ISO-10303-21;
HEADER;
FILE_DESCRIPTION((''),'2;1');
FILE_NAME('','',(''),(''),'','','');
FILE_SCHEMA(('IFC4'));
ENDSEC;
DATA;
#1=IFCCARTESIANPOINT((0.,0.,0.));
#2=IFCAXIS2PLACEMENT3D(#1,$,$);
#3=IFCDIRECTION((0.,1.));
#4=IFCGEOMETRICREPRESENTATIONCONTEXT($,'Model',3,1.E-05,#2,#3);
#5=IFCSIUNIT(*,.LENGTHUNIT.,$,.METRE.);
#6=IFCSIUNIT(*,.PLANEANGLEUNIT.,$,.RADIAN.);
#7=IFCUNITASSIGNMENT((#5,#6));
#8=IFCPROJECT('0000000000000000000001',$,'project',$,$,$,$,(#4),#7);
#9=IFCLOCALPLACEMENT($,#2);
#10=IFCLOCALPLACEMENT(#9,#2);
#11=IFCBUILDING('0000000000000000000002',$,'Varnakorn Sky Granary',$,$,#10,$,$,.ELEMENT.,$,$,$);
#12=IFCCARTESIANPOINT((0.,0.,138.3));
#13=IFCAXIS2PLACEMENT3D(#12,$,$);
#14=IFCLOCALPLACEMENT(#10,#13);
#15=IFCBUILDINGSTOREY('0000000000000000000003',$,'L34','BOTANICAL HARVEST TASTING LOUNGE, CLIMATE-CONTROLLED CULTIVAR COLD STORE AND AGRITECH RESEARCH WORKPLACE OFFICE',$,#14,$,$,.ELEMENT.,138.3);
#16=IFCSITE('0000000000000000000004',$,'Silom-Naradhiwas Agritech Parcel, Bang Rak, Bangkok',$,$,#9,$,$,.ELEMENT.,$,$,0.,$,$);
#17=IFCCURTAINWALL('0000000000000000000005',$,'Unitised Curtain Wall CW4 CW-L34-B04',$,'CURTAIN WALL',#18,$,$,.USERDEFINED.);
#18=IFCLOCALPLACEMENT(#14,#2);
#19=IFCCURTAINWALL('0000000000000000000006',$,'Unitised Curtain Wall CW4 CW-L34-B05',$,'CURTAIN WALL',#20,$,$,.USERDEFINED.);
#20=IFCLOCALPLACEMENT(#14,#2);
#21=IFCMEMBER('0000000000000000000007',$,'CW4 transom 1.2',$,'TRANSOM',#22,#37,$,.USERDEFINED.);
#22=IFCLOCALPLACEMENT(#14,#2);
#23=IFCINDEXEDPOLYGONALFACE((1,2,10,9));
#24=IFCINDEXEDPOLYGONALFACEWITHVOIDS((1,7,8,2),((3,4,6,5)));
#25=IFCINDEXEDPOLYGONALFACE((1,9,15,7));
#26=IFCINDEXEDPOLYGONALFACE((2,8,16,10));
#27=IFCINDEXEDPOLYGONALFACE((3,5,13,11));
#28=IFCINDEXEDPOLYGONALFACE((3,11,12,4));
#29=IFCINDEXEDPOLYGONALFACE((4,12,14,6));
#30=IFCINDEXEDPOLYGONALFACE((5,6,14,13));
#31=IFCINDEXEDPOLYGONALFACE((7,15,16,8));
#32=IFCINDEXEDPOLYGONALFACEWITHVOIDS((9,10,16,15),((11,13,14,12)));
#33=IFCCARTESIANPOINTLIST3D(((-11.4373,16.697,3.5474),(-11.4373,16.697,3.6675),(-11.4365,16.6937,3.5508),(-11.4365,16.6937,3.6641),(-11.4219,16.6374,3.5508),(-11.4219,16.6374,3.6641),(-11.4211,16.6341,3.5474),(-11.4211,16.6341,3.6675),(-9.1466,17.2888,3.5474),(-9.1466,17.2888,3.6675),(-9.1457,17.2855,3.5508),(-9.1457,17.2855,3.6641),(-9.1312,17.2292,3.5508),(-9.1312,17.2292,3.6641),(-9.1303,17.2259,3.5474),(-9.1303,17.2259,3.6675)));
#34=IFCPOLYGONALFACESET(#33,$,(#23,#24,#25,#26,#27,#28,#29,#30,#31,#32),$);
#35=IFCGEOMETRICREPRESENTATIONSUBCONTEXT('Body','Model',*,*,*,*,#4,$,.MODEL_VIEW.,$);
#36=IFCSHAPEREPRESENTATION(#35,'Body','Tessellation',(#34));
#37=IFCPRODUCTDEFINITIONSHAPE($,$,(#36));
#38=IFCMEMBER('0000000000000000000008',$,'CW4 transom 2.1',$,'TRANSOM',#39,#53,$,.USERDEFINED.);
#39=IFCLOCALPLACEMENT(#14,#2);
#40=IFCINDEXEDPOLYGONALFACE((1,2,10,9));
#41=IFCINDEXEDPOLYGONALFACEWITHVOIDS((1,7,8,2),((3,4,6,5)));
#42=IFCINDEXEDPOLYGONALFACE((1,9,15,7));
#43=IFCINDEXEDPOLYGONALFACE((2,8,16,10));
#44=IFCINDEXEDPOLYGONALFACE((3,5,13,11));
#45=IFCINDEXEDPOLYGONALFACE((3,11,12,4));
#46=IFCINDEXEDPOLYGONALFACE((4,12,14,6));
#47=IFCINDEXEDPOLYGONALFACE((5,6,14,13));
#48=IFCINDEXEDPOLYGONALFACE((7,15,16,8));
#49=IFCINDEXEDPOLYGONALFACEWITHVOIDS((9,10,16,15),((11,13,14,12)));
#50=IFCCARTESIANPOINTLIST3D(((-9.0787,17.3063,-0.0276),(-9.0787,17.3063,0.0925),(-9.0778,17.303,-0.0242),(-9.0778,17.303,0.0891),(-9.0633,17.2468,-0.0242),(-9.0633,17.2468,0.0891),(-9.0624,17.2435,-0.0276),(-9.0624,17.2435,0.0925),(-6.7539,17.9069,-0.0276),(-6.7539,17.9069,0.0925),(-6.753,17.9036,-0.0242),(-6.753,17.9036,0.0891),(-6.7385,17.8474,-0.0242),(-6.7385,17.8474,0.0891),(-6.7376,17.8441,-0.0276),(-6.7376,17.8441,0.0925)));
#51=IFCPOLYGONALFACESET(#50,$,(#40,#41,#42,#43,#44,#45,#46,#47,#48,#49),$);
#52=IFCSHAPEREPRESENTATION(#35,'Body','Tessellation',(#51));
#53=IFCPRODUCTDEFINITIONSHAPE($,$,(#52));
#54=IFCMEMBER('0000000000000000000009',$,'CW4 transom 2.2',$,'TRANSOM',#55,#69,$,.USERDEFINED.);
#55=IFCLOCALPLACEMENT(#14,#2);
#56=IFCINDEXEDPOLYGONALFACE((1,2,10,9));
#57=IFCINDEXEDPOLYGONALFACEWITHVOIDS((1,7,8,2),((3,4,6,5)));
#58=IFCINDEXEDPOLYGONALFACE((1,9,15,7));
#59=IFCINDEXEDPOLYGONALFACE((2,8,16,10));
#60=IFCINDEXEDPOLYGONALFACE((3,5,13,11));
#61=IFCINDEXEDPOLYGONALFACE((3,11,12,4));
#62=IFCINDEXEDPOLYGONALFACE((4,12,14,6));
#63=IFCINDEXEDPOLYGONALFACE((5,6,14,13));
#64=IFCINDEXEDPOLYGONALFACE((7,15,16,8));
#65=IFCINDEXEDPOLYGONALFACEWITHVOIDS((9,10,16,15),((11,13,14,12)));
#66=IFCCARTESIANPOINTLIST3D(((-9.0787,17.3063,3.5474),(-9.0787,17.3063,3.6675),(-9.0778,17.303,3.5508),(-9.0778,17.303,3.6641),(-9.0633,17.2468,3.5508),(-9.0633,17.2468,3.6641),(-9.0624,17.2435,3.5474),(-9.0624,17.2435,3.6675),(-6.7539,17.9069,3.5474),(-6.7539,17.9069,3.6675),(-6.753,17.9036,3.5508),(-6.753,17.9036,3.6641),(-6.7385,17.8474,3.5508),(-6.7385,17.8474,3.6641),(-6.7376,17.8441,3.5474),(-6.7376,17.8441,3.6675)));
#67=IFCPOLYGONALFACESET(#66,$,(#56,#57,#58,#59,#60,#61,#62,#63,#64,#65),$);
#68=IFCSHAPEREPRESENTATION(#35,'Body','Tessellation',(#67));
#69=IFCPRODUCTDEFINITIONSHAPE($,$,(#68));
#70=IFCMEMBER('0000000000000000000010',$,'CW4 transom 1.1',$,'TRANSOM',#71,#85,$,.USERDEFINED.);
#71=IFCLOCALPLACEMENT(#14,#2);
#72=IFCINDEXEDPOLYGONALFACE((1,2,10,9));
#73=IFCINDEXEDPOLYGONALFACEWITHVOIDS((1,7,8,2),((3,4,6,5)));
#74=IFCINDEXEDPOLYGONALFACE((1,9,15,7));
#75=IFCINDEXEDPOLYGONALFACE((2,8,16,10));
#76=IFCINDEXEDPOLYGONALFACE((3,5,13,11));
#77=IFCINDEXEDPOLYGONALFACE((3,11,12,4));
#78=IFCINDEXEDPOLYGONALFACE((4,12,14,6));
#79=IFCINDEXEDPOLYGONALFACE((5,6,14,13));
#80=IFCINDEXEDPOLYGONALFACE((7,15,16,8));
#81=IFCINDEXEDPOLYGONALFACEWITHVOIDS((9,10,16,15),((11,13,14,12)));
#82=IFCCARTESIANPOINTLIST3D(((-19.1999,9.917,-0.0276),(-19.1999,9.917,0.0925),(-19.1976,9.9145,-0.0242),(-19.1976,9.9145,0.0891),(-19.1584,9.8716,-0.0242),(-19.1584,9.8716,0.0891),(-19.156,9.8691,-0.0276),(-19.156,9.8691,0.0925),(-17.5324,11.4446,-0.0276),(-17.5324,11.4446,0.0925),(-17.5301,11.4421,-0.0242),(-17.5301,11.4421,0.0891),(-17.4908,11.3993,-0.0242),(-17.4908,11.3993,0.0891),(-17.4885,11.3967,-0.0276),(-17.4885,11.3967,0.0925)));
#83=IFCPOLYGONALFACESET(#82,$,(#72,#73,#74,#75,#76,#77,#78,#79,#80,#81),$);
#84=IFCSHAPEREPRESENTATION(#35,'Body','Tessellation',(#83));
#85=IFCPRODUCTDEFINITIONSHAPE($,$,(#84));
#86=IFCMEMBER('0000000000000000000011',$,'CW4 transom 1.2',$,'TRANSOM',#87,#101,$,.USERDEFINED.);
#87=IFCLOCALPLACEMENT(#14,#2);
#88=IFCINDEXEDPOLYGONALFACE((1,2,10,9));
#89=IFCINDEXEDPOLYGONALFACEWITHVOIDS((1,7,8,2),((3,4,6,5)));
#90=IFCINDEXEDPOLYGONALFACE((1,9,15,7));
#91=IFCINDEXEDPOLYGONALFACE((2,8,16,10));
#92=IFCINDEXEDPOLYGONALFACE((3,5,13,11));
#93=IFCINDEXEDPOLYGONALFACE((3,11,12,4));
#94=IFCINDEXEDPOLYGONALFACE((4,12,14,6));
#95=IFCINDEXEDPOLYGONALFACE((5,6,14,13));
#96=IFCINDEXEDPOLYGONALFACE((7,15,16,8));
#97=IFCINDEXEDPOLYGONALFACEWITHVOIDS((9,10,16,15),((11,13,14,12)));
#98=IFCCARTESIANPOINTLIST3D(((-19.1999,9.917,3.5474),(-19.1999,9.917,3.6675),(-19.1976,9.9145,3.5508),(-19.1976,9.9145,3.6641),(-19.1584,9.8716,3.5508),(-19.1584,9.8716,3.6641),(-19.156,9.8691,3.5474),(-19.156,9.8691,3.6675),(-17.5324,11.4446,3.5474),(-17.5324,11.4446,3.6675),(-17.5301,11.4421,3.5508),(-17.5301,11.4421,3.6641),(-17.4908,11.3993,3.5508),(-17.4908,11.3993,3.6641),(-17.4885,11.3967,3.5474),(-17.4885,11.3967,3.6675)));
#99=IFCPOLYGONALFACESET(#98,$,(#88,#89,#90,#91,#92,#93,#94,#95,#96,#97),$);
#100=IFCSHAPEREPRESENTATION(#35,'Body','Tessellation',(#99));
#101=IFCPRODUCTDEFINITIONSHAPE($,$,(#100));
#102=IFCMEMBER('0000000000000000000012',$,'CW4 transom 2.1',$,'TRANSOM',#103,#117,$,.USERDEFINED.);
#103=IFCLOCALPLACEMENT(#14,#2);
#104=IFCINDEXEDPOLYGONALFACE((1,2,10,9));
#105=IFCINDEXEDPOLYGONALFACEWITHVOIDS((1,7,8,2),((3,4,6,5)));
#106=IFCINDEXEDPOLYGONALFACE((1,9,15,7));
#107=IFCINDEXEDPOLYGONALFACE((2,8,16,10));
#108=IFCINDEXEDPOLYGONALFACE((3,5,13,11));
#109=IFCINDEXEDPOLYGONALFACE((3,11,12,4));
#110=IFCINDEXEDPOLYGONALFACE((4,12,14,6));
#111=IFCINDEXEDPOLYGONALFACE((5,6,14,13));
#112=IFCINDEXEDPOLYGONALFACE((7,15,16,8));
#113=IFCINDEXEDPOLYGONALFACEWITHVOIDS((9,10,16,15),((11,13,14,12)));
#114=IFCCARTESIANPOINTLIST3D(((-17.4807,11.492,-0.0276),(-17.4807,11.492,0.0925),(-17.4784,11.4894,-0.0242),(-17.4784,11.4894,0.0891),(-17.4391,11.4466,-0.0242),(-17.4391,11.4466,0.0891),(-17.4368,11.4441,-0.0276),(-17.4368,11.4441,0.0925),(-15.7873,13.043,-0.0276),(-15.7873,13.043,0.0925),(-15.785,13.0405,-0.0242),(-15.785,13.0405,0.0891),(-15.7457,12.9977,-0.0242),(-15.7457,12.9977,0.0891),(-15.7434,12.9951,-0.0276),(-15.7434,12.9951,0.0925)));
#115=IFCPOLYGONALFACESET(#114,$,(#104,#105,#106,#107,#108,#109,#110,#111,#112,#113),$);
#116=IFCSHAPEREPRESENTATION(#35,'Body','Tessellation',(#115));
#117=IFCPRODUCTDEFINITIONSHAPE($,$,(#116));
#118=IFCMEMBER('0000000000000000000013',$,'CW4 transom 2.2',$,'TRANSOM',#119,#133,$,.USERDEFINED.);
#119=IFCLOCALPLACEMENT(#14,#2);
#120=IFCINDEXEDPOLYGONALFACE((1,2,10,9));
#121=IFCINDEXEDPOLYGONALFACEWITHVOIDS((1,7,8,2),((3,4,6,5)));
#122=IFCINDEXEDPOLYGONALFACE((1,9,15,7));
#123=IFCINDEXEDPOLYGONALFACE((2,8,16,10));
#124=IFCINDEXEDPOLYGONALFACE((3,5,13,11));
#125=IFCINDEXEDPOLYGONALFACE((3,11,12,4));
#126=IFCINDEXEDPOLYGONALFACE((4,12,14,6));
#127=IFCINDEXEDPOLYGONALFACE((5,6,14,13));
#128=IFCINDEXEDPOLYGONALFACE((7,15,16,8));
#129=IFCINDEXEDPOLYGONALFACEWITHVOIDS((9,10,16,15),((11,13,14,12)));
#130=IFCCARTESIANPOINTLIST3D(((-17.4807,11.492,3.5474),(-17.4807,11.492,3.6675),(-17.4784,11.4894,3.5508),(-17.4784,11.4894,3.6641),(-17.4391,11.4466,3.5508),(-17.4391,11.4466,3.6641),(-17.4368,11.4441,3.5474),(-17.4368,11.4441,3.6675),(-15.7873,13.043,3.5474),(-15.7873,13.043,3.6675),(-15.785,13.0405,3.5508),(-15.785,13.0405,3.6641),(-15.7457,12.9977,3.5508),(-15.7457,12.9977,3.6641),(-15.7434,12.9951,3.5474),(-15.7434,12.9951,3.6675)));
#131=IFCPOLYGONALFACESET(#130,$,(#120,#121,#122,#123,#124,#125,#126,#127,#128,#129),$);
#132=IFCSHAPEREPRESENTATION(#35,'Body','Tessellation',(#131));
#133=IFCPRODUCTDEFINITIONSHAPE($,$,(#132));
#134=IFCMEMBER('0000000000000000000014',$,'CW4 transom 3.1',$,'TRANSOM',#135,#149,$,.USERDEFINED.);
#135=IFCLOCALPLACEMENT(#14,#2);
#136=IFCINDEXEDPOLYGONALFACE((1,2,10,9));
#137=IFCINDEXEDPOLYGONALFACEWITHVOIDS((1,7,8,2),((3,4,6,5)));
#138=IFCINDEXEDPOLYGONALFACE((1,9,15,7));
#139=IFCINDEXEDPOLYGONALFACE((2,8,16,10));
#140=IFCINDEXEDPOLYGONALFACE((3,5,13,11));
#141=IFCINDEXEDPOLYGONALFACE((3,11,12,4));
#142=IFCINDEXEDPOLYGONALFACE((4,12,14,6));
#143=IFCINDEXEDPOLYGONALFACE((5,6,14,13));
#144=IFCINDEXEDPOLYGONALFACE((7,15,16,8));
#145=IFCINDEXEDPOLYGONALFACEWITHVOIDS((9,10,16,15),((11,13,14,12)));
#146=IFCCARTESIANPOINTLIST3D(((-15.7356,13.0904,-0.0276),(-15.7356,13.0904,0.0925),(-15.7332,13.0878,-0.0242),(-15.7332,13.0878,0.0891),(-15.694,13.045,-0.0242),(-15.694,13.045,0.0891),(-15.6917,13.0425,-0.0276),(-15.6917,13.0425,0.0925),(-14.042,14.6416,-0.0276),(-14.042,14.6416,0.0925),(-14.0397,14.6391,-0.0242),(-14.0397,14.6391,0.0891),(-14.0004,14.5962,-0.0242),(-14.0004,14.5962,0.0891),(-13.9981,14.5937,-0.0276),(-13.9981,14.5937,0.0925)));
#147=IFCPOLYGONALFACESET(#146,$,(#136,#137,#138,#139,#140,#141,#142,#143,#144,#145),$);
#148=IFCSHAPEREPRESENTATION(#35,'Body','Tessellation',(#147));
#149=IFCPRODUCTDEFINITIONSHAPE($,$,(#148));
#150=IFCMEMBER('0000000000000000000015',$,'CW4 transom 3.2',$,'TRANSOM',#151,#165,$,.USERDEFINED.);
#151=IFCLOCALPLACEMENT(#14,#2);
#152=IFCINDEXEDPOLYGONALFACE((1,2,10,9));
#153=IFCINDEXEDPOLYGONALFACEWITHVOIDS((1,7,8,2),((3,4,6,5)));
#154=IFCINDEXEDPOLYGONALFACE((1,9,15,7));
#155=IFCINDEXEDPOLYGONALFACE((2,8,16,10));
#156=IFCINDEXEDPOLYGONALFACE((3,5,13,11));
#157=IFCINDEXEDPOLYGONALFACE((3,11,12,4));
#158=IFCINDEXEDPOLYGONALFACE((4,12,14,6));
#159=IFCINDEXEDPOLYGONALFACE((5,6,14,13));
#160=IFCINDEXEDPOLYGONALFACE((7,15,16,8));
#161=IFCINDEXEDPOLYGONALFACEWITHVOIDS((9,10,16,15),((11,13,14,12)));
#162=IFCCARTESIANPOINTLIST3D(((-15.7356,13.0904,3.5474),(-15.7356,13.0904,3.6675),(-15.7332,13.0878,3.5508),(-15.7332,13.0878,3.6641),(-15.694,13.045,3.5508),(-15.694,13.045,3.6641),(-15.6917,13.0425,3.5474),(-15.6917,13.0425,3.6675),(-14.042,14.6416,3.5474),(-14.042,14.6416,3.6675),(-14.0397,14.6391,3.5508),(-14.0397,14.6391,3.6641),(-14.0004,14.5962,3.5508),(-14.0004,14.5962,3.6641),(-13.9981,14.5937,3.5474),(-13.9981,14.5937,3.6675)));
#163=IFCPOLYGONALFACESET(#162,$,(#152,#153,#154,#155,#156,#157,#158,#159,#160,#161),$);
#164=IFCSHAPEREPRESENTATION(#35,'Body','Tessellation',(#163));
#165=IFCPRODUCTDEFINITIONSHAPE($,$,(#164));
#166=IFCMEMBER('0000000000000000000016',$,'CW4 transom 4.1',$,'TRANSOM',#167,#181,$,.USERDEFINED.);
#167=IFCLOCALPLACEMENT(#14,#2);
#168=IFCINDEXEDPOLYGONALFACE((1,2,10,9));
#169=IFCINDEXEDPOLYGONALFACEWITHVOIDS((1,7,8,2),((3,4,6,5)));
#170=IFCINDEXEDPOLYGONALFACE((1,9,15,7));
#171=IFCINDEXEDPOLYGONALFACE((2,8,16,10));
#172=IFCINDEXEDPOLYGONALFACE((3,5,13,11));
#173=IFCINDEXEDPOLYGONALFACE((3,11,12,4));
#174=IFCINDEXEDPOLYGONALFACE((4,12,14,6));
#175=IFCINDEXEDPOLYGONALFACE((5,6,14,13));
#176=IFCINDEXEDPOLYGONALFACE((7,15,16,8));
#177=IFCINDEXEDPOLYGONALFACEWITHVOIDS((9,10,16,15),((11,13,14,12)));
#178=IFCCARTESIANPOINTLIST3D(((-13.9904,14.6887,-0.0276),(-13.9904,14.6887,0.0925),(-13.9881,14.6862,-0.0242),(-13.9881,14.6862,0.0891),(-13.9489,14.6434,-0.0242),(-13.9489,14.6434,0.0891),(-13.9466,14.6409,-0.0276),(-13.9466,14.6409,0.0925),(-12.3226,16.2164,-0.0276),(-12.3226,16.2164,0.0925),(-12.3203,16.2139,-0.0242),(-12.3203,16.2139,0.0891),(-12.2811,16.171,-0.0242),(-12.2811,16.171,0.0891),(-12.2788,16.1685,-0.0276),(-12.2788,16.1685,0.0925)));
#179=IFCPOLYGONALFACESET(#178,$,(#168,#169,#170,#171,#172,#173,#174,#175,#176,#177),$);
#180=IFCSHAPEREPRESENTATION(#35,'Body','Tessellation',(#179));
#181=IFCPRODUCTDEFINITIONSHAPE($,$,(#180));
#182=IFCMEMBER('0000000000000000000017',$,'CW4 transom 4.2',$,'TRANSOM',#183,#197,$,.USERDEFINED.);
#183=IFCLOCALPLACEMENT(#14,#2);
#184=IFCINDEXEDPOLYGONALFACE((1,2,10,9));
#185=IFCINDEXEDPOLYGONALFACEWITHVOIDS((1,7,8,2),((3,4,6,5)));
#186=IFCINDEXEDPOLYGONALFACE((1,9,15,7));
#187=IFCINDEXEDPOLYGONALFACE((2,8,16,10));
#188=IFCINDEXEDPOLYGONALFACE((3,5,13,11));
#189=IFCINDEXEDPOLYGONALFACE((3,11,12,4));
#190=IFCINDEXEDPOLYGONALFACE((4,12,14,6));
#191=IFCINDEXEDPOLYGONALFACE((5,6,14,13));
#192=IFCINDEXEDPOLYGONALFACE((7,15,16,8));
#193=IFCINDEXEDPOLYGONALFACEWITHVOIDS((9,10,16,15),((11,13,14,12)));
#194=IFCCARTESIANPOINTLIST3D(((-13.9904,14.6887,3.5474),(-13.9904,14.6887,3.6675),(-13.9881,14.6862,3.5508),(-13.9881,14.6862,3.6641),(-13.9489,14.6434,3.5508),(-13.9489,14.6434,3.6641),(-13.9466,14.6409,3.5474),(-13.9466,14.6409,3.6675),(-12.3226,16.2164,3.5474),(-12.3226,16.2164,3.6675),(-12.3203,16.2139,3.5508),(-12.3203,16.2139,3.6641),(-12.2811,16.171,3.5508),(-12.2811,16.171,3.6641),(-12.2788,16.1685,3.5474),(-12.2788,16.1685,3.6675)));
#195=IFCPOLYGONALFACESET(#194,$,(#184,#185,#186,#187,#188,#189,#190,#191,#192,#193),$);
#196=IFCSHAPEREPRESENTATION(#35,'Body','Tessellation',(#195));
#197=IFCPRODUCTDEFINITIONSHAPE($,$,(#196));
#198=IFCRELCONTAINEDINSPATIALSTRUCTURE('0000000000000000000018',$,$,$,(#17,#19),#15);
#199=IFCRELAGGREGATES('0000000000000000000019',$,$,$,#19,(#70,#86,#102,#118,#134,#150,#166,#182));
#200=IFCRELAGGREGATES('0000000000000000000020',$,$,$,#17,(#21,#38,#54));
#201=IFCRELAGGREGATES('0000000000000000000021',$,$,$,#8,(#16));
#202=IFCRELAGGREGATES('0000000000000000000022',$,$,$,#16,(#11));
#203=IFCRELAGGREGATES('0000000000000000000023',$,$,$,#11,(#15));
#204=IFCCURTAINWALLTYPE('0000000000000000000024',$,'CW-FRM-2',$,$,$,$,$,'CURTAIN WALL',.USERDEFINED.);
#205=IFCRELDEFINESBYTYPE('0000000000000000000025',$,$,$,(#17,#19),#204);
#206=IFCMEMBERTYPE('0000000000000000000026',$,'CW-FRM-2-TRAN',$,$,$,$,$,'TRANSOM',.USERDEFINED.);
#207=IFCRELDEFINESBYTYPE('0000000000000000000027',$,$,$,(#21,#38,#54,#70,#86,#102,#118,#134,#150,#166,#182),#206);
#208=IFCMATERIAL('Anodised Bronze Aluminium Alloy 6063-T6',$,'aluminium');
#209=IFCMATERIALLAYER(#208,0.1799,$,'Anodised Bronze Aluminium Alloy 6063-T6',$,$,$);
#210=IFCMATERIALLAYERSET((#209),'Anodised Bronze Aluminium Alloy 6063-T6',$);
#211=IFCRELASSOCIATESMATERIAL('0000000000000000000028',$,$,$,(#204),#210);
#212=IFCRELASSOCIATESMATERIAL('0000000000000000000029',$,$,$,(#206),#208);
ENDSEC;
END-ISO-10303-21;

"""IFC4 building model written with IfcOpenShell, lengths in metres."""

from ifc_helpers import new_model, si_unit, direction, frame, origin, origin_2d, place, context, subcontext, project, spatial, hollow_rectangle, extrude, material, layer, layer_set, material_profile, profile_set, type_object, element, aggregate, save


model = new_model("IFC4")

# Units and contexts
model_context = context("Model", 3, precision=1e-05, world=origin(), true_north=direction((0.0, 1.0)))
body_context = subcontext(model_context, "Body", "Model", "MODEL_VIEW")
ifc_project = project(units=[si_unit("LENGTHUNIT", "METRE"), si_unit("PLANEANGLEUNIT", "RADIAN")], contexts=[model_context])

# Site, building, storey
site_placement = place(None, origin())
site = spatial("IfcSite", under=ifc_project, at=site_placement, Name="Silom-Naradhiwas Agritech Parcel, Bang Rak, Bangkok", CompositionType="ELEMENT", RefElevation=0.0)
building_placement = place(site_placement, origin())
building = spatial("IfcBuilding", under=site, at=building_placement, Name="Varnakorn Sky Granary", CompositionType="ELEMENT")
storey_placement = place(building_placement, frame((0.0, 0.0, 138.3)))
storey = spatial("IfcBuildingStorey", under=building, at=storey_placement, Name="L34", Description="BOTANICAL HARVEST TASTING LOUNGE, CLIMATE-CONTROLLED CULTIVAR COLD STORE AND AGRITECH RESEARCH WORKPLACE OFFICE", CompositionType="ELEMENT", Elevation=138.3)

# Curtain walls
ifc_material_1 = material(Name="Anodised Bronze Aluminium Alloy 6063-T6", Category="aluminium")
ifc_layer_1 = layer(ifc_material_1, 0.1799, Name="Anodised Bronze Aluminium Alloy 6063-T6")
ifc_layer_set_1 = layer_set([ifc_layer_1], Name="Anodised Bronze Aluminium Alloy 6063-T6")
curtain_wall_type = type_object("IfcCurtainWallType", Name="CW-FRM-2", ElementType="CURTAIN WALL", PredefinedType="USERDEFINED", material=ifc_layer_set_1)
curtain_wall_1_placement = place(storey_placement, origin())
curtain_wall_1 = element("IfcCurtainWall", 1, at=curtain_wall_1_placement, inside=storey, type_object=curtain_wall_type, Name="Unitised Curtain Wall CW4 CW-L34-B04", ObjectType="CURTAIN WALL", PredefinedType="USERDEFINED")
curtain_wall_2_placement = place(storey_placement, origin())
curtain_wall_2 = element("IfcCurtainWall", 2, at=curtain_wall_2_placement, inside=storey, type_object=curtain_wall_type, Name="Unitised Curtain Wall CW4 CW-L34-B05", ObjectType="CURTAIN WALL", PredefinedType="USERDEFINED")

# Members
ifc_material_profile_1 = material_profile(ifc_material_1, hollow_rectangle(XDim=0.0649, YDim=0.1201, WallThickness=0.0034, at=origin_2d()), Name="ALU TRAN 65x120")
ifc_profile_set_1 = profile_set([ifc_material_profile_1], Name="Anodised Bronze Aluminium Alloy 6063-T6")
member_type_1 = type_object("IfcMemberType", Name="CW-FRM-2-TRAN", ElementType="TRANSOM", PredefinedType="USERDEFINED", material=ifc_profile_set_1)
member_1_placement = place(storey_placement, frame((-11.4292, 16.6655, 3.6074), z_axis=(0.968213, 0.250128, 0.0), x_axis=(-0.250128, 0.968213, 0.0)))
member_1 = element("IfcMember", 3, at=member_1_placement, type_object=member_type_1, Name="CW4 transom 1.2", ObjectType="TRANSOM", PredefinedType="USERDEFINED", context=body_context, shape_type="SweptSolid", body=[
    extrude(hollow_rectangle(XDim=0.0649, YDim=0.1201, WallThickness=0.0034, at=origin_2d()), origin(), (0.0, 0.0, 1.0), 2.366),
])
member_2_placement = place(storey_placement, frame((-9.0706, 17.2749, 0.0325), z_axis=(0.968211, 0.250136, 0.0), x_axis=(-0.250136, 0.968211, 0.0)))
member_2 = element("IfcMember", 4, at=member_2_placement, type_object=member_type_1, Name="CW4 transom 2.1", ObjectType="TRANSOM", PredefinedType="USERDEFINED", context=body_context, shape_type="SweptSolid", body=[
    extrude(hollow_rectangle(XDim=0.0649, YDim=0.1201, WallThickness=0.0034, at=origin_2d()), origin(), (0.0, 0.0, 1.0), 2.4011),
])
member_3_placement = place(storey_placement, frame((-9.0706, 17.2749, 3.6074), z_axis=(0.968211, 0.250136, 0.0), x_axis=(-0.250136, 0.968211, 0.0)))
member_3 = element("IfcMember", 5, at=member_3_placement, type_object=member_type_1, Name="CW4 transom 2.2", ObjectType="TRANSOM", PredefinedType="USERDEFINED", context=body_context, shape_type="SweptSolid", body=[
    extrude(hollow_rectangle(XDim=0.0649, YDim=0.1201, WallThickness=0.0034, at=origin_2d()), origin(), (0.0, 0.0, 1.0), 2.4011),
])
member_4_placement = place(storey_placement, frame((-19.178, 9.8931, 0.0325), z_axis=(0.73736, 0.6755, 0.0), x_axis=(-0.6755, 0.73736, 0.0)))
member_4 = element("IfcMember", 6, at=member_4_placement, type_object=member_type_1, Name="CW4 transom 1.1", ObjectType="TRANSOM", PredefinedType="USERDEFINED", context=body_context, shape_type="SweptSolid", body=[
    extrude(hollow_rectangle(XDim=0.0649, YDim=0.1201, WallThickness=0.0034, at=origin_2d()), origin(), (0.0, 0.0, 1.0), 2.2615),
])
member_5_placement = place(storey_placement, frame((-19.178, 9.8931, 3.6074), z_axis=(0.73736, 0.6755, 0.0), x_axis=(-0.6755, 0.73736, 0.0)))
member_5 = element("IfcMember", 7, at=member_5_placement, type_object=member_type_1, Name="CW4 transom 1.2", ObjectType="TRANSOM", PredefinedType="USERDEFINED", context=body_context, shape_type="SweptSolid", body=[
    extrude(hollow_rectangle(XDim=0.0649, YDim=0.1201, WallThickness=0.0034, at=origin_2d()), origin(), (0.0, 0.0, 1.0), 2.2615),
])
member_6_placement = place(storey_placement, frame((-17.4587, 11.468, 0.0325), z_axis=(0.737419, 0.675436, 0.0), x_axis=(-0.675436, 0.737419, 0.0)))
member_6 = element("IfcMember", 8, at=member_6_placement, type_object=member_type_1, Name="CW4 transom 2.1", ObjectType="TRANSOM", PredefinedType="USERDEFINED", context=body_context, shape_type="SweptSolid", body=[
    extrude(hollow_rectangle(XDim=0.0649, YDim=0.1201, WallThickness=0.0034, at=origin_2d()), origin(), (0.0, 0.0, 1.0), 2.2964),
])
member_7_placement = place(storey_placement, frame((-17.4587, 11.468, 3.6074), z_axis=(0.737419, 0.675436, 0.0), x_axis=(-0.675436, 0.737419, 0.0)))
member_7 = element("IfcMember", 9, at=member_7_placement, type_object=member_type_1, Name="CW4 transom 2.2", ObjectType="TRANSOM", PredefinedType="USERDEFINED", context=body_context, shape_type="SweptSolid", body=[
    extrude(hollow_rectangle(XDim=0.0649, YDim=0.1201, WallThickness=0.0034, at=origin_2d()), origin(), (0.0, 0.0, 1.0), 2.2964),
])
member_8_placement = place(storey_placement, frame((-15.7136, 13.0664, 0.0325), z_axis=(0.737414, 0.675441, 0.0), x_axis=(-0.675441, 0.737414, 0.0)))
member_8 = element("IfcMember", 10, at=member_8_placement, type_object=member_type_1, Name="CW4 transom 3.1", ObjectType="TRANSOM", PredefinedType="USERDEFINED", context=body_context, shape_type="SweptSolid", body=[
    extrude(hollow_rectangle(XDim=0.0649, YDim=0.1201, WallThickness=0.0034, at=origin_2d()), origin(), (0.0, 0.0, 1.0), 2.2966),
])
member_9_placement = place(storey_placement, frame((-15.7136, 13.0664, 3.6074), z_axis=(0.737414, 0.675441, 0.0), x_axis=(-0.675441, 0.737414, 0.0)))
member_9 = element("IfcMember", 11, at=member_9_placement, type_object=member_type_1, Name="CW4 transom 3.2", ObjectType="TRANSOM", PredefinedType="USERDEFINED", context=body_context, shape_type="SweptSolid", body=[
    extrude(hollow_rectangle(XDim=0.0649, YDim=0.1201, WallThickness=0.0034, at=origin_2d()), origin(), (0.0, 0.0, 1.0), 2.2966),
])
member_10_placement = place(storey_placement, frame((-13.9685, 14.6648, 0.0325), z_axis=(0.73741, 0.675446, 0.0), x_axis=(-0.675446, 0.73741, 0.0)))
member_10 = element("IfcMember", 12, at=member_10_placement, type_object=member_type_1, Name="CW4 transom 4.1", ObjectType="TRANSOM", PredefinedType="USERDEFINED", context=body_context, shape_type="SweptSolid", body=[
    extrude(hollow_rectangle(XDim=0.0649, YDim=0.1201, WallThickness=0.0034, at=origin_2d()), origin(), (0.0, 0.0, 1.0), 2.2617),
])
member_11_placement = place(storey_placement, frame((-13.9685, 14.6648, 3.6074), z_axis=(0.73741, 0.675446, 0.0), x_axis=(-0.675446, 0.73741, 0.0)))
member_11 = element("IfcMember", 13, at=member_11_placement, type_object=member_type_1, Name="CW4 transom 4.2", ObjectType="TRANSOM", PredefinedType="USERDEFINED", context=body_context, shape_type="SweptSolid", body=[
    extrude(hollow_rectangle(XDim=0.0649, YDim=0.1201, WallThickness=0.0034, at=origin_2d()), origin(), (0.0, 0.0, 1.0), 2.2617),
])

aggregate(curtain_wall_2, [member_4, member_5, member_6, member_7, member_8, member_9, member_10, member_11])
aggregate(curtain_wall_1, [member_1, member_2, member_3])

save(model, "model.ifc")
